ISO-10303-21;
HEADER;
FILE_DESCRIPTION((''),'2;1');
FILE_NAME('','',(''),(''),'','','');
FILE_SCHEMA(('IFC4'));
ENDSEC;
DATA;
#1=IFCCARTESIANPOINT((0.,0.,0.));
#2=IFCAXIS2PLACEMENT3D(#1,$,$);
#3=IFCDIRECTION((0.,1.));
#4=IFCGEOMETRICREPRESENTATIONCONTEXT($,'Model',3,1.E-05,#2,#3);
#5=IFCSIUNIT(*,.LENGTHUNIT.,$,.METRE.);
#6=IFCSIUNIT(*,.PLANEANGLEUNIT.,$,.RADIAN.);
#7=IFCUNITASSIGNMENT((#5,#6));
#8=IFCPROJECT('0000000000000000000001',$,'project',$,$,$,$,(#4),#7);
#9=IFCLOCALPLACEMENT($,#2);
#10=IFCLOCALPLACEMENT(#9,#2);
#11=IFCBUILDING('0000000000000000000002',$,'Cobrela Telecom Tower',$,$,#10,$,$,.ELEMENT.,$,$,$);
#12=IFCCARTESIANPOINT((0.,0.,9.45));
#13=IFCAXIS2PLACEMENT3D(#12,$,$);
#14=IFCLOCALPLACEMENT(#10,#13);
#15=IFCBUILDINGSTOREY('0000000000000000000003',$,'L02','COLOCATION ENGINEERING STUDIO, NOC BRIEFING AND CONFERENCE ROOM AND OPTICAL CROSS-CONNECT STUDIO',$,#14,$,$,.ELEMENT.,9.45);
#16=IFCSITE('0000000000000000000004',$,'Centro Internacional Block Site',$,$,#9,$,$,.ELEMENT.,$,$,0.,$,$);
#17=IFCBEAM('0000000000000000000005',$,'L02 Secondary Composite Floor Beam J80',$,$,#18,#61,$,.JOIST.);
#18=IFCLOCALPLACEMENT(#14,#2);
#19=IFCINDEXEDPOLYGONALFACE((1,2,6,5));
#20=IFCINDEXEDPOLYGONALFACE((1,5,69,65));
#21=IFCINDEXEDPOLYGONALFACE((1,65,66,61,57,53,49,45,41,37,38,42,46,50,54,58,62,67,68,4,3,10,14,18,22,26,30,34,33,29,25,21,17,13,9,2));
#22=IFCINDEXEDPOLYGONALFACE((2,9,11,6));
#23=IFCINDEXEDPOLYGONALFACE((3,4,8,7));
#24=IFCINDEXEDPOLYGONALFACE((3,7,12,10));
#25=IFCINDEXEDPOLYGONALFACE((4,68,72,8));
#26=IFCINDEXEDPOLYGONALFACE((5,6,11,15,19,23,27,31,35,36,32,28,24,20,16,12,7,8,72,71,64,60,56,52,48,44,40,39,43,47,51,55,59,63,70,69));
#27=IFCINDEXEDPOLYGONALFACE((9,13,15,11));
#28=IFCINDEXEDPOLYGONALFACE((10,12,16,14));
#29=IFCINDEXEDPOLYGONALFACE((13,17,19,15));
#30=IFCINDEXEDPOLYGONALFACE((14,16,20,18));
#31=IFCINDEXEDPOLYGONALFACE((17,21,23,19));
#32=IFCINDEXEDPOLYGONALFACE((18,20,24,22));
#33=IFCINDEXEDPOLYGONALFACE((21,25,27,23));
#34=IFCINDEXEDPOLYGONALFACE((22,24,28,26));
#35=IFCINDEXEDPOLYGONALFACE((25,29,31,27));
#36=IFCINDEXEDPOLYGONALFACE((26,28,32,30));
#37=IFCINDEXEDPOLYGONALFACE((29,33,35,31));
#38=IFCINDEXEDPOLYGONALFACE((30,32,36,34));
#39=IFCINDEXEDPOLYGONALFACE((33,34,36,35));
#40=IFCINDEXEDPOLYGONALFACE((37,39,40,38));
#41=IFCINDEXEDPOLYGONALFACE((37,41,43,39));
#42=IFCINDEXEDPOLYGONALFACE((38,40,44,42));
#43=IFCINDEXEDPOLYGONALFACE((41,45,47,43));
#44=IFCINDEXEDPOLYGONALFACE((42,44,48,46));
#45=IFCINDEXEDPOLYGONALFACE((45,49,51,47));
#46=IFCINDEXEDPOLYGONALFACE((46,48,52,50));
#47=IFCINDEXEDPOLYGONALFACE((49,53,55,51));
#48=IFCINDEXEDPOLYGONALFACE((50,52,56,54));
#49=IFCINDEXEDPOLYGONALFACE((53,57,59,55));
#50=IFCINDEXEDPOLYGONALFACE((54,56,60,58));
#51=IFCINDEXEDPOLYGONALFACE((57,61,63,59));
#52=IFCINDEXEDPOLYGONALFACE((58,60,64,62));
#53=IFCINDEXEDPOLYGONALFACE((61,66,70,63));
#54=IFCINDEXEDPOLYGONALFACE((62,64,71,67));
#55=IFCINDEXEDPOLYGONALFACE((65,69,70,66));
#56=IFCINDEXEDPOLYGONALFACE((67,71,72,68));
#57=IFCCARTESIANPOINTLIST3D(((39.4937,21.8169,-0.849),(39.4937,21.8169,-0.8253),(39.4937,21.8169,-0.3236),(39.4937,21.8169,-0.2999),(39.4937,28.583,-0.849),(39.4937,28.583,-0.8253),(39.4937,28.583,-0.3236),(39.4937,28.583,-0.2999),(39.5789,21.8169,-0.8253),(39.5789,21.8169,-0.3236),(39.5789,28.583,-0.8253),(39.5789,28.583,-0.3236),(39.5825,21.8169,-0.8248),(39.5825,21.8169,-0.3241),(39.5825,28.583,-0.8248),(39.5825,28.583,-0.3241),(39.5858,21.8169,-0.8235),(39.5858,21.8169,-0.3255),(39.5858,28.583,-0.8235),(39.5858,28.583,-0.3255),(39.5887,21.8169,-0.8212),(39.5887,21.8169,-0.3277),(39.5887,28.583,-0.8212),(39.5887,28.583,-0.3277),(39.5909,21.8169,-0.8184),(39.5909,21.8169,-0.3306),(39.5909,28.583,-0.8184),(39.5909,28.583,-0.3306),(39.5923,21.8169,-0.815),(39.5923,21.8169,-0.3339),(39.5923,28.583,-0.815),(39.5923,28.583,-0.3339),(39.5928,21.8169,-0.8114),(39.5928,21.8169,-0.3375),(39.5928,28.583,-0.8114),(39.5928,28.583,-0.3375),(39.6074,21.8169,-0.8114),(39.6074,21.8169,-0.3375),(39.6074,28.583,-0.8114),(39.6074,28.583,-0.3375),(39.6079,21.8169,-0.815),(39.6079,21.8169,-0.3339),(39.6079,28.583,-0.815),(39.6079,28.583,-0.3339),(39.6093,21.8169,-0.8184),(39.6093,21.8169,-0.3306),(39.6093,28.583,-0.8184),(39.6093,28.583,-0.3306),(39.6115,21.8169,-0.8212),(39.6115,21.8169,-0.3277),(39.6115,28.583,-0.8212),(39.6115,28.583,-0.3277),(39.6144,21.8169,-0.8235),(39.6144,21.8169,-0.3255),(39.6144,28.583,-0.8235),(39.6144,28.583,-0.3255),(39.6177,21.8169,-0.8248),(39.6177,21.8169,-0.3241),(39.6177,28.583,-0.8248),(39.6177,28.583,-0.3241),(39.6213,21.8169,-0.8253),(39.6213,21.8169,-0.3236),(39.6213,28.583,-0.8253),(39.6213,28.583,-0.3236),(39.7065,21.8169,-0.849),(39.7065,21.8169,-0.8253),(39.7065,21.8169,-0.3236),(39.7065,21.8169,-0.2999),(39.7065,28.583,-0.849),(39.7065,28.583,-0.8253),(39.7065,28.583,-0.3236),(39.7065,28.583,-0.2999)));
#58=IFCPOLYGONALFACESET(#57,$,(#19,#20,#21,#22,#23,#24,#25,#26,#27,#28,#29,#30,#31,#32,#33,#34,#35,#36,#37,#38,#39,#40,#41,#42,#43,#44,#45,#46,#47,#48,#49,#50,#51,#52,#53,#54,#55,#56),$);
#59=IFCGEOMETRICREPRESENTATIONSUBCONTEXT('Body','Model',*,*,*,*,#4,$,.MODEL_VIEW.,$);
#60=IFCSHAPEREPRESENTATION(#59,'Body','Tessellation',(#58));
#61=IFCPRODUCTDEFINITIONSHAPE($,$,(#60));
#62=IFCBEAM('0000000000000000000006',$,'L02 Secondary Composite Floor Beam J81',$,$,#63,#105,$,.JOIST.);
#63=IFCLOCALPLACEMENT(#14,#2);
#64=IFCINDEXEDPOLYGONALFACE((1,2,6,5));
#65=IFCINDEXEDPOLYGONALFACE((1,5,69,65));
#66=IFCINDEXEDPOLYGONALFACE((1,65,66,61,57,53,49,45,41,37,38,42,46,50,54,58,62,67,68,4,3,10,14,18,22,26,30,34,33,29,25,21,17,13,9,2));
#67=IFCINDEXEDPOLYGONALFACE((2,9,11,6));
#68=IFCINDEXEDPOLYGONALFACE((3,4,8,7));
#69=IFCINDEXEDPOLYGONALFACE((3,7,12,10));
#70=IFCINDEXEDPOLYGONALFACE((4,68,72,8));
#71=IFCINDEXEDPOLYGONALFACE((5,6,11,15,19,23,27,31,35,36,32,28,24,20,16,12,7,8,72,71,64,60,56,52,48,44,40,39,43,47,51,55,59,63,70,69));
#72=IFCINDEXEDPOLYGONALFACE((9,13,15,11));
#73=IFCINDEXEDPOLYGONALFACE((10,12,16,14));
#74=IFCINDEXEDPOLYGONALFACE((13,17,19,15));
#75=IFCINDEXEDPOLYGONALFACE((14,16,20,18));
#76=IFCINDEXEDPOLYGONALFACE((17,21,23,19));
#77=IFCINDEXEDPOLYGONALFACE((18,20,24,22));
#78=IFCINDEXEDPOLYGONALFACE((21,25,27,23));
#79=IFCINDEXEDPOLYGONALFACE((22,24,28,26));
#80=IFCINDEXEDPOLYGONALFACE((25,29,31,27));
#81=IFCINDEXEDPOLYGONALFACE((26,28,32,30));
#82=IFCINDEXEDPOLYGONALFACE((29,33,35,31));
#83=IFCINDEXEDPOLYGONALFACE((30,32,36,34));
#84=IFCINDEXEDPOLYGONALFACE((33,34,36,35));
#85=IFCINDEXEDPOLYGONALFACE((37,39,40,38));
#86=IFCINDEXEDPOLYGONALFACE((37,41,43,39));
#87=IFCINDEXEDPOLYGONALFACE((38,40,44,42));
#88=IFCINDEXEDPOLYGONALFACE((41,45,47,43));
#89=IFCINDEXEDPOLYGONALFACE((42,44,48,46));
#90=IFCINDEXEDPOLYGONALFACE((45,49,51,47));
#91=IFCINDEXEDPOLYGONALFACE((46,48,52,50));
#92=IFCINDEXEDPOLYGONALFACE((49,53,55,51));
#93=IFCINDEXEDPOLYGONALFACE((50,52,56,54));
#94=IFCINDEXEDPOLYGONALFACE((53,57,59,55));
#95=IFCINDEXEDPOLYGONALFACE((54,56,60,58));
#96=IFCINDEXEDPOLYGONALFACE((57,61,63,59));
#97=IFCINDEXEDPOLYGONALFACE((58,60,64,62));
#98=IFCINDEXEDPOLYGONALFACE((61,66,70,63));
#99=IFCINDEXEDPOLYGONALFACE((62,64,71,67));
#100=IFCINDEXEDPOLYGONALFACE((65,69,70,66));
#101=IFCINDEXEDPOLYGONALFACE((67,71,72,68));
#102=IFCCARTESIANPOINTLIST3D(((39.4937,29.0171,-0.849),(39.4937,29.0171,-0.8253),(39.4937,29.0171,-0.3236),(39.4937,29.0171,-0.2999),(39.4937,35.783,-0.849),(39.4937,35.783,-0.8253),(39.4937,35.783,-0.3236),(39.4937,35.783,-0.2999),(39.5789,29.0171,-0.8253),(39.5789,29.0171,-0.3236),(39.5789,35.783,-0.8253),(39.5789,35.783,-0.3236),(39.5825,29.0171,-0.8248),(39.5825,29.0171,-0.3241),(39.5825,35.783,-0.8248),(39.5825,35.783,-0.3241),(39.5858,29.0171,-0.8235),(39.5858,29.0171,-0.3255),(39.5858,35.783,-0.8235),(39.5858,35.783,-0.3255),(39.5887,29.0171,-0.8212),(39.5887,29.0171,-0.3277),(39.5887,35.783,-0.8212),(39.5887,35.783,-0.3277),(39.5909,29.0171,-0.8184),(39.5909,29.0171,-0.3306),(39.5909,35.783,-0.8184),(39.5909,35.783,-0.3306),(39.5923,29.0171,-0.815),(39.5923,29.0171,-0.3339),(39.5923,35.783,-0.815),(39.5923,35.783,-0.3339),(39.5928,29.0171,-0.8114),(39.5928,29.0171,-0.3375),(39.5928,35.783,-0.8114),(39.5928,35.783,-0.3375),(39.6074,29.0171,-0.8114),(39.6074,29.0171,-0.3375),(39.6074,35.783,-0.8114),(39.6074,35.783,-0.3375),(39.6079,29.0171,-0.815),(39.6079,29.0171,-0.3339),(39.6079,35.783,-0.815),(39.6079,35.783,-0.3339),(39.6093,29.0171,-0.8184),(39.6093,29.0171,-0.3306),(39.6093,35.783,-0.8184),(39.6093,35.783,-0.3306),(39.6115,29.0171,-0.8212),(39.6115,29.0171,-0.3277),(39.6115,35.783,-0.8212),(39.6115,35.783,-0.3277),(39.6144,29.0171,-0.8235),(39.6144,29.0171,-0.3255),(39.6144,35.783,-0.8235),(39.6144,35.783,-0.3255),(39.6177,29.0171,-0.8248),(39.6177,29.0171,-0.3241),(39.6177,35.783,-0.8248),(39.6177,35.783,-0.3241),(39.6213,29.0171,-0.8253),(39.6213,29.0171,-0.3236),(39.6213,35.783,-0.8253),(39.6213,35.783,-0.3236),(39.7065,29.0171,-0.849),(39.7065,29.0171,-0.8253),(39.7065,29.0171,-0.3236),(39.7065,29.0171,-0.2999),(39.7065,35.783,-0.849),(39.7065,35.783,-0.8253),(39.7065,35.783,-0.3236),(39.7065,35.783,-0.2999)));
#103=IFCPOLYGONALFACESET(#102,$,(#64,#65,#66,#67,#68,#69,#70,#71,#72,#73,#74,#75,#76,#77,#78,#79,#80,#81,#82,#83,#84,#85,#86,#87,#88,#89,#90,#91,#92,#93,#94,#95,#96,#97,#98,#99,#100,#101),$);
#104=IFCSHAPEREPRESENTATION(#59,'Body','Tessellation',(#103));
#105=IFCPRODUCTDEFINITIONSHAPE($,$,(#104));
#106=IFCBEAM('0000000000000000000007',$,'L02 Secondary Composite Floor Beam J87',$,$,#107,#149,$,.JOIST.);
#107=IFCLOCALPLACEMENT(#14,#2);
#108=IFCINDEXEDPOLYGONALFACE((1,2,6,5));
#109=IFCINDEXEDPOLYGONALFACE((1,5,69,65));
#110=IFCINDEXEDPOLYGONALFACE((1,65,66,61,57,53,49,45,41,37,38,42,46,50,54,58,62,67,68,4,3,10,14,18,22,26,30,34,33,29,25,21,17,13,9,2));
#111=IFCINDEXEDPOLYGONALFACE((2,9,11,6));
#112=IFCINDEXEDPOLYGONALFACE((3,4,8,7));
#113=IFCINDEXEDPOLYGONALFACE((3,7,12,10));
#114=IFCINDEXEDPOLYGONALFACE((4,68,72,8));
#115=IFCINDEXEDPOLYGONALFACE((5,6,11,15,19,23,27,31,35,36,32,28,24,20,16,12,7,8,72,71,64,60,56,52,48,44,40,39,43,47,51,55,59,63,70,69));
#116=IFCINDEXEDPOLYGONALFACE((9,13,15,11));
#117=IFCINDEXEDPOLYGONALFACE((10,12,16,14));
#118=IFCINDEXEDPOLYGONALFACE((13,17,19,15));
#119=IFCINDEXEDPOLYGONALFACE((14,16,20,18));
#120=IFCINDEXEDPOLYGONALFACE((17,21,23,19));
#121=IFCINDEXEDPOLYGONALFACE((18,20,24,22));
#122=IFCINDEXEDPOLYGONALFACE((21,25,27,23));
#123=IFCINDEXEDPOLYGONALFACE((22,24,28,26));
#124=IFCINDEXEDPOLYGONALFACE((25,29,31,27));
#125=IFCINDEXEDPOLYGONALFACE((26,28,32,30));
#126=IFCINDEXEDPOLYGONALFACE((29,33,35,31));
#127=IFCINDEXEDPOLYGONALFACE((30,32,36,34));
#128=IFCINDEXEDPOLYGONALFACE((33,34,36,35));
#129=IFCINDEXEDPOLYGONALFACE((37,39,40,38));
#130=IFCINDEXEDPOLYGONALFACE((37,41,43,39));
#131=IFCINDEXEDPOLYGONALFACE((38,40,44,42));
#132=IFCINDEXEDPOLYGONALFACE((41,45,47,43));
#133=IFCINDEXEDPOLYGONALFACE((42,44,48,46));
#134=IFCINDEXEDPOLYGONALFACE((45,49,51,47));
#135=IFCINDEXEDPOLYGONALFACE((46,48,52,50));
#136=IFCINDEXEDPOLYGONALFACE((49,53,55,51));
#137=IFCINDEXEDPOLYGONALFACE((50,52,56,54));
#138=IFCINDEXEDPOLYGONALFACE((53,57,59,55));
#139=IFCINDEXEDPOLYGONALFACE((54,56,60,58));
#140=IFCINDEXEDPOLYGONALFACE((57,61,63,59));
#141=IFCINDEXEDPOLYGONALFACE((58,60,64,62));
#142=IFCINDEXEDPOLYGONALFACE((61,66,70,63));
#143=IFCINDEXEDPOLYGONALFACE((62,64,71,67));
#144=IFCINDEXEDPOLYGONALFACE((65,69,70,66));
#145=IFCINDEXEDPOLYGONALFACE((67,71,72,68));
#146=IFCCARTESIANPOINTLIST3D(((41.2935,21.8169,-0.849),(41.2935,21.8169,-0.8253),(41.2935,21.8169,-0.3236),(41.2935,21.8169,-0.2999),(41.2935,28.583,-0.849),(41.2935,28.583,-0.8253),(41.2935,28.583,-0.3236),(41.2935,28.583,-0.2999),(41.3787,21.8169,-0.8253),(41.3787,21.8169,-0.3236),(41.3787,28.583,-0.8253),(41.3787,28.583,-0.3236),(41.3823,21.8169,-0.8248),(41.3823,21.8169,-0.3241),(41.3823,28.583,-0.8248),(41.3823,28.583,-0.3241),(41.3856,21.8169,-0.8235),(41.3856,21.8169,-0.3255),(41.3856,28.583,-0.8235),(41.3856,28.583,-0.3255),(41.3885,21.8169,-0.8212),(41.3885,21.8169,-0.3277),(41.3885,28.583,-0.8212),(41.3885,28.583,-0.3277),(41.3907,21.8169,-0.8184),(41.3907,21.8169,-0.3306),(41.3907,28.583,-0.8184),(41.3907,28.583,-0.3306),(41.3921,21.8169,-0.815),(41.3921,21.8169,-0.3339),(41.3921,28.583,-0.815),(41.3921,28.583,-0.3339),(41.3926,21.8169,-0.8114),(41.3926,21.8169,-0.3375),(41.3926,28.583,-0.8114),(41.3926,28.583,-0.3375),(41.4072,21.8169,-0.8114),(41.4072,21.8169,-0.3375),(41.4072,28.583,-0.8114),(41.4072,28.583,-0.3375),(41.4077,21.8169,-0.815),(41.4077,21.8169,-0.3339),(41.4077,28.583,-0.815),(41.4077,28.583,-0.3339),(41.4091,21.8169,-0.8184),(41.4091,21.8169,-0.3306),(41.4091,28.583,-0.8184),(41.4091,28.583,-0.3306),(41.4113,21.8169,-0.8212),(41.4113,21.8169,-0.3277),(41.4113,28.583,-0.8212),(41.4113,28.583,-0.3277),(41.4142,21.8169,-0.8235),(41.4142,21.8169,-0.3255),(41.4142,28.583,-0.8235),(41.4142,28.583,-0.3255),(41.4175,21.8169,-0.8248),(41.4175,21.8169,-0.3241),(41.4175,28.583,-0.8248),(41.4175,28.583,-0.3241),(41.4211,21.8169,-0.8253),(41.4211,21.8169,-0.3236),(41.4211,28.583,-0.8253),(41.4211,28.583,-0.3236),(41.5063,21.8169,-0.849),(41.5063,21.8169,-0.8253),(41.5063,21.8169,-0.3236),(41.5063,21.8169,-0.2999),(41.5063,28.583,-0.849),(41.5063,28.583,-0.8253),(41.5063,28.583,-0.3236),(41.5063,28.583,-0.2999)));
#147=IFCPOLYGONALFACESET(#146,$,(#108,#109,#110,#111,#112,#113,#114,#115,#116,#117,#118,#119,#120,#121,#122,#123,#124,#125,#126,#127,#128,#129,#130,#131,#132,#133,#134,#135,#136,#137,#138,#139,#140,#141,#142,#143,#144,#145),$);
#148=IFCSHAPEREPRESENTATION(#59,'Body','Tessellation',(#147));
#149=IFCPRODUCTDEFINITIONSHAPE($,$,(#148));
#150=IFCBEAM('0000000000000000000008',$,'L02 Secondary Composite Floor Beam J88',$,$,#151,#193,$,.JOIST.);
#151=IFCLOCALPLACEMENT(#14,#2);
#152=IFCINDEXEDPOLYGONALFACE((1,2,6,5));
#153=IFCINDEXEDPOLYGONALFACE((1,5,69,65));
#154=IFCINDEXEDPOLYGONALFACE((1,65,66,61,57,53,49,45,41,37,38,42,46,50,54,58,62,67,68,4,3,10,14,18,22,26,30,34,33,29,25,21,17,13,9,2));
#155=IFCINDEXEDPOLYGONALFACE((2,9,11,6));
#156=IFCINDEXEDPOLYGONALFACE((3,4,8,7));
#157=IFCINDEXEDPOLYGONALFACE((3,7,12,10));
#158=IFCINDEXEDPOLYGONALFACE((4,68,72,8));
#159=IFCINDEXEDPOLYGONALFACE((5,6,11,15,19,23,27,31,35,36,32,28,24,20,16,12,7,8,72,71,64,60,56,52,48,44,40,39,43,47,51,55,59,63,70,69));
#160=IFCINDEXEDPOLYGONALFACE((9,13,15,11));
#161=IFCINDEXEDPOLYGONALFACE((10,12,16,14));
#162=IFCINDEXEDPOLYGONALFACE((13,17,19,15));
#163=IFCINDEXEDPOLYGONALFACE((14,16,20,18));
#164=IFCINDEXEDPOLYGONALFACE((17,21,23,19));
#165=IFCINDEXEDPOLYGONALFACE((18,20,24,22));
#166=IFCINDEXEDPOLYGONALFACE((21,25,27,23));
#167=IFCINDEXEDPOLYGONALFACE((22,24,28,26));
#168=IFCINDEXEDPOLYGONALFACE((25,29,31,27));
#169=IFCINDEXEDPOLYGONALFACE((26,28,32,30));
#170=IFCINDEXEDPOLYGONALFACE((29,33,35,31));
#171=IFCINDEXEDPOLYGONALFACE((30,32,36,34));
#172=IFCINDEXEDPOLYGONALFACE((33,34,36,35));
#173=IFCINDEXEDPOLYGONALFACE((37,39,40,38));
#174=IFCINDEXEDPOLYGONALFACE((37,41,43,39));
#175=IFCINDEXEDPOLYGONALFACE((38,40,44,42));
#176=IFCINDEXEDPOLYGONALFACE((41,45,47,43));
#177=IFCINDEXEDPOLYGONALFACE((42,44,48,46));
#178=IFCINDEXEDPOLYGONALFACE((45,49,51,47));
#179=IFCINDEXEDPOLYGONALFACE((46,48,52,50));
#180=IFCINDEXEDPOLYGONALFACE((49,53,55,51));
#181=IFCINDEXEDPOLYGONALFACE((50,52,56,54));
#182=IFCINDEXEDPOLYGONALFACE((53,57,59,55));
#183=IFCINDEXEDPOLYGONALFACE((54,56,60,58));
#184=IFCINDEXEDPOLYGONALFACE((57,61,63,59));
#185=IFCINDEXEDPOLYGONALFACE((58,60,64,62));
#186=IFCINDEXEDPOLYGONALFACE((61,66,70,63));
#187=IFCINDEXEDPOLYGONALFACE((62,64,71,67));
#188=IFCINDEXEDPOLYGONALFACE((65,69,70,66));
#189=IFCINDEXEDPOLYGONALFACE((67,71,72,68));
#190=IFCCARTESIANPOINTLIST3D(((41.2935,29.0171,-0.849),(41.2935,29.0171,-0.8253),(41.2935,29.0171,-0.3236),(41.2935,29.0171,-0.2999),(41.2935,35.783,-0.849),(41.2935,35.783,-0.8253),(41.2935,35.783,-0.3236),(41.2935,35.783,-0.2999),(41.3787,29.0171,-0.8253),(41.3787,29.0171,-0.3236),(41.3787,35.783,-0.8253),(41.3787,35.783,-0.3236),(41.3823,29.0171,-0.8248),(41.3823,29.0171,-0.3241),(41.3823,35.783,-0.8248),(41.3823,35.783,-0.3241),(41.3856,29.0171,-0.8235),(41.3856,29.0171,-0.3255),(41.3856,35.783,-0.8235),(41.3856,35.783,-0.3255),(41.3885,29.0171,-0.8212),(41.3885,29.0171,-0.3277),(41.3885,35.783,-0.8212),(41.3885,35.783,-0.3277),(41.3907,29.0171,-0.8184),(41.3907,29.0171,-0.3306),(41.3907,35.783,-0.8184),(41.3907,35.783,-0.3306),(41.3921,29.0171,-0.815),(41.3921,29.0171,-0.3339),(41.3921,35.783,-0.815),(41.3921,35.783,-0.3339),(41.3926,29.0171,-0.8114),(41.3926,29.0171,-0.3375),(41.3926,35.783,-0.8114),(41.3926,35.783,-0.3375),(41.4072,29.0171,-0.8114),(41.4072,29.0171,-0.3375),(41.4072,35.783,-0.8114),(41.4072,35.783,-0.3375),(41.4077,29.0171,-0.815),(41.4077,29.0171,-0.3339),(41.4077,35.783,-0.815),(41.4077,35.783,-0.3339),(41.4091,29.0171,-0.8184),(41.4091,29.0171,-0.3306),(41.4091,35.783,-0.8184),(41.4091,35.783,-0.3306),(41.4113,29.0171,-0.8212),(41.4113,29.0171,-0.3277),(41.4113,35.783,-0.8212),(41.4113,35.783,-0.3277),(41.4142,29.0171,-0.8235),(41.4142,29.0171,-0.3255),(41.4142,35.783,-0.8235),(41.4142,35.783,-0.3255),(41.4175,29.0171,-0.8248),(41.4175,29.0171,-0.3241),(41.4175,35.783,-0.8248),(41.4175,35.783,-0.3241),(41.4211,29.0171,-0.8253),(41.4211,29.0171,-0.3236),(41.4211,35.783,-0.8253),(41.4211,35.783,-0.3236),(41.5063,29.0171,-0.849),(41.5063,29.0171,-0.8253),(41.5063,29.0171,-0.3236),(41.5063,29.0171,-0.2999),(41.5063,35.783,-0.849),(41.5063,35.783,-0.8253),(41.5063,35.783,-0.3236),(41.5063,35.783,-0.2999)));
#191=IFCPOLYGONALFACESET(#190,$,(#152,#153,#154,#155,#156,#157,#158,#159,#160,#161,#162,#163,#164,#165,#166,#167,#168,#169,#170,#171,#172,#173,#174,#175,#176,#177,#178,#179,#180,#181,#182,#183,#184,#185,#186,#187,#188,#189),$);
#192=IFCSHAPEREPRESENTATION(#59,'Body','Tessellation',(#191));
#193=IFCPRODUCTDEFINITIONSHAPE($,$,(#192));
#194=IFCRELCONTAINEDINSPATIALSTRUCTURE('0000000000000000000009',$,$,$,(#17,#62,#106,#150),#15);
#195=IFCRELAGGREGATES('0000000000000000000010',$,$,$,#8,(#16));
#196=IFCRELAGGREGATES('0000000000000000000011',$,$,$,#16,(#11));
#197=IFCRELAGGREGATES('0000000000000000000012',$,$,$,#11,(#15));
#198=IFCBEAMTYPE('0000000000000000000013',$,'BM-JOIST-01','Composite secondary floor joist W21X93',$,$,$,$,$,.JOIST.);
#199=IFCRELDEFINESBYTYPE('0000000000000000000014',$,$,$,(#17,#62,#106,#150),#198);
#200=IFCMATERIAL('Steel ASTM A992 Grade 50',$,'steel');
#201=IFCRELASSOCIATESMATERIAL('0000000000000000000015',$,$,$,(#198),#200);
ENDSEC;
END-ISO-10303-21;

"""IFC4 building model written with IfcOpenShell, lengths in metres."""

from ifc_helpers import new_model, si_unit, direction, frame, origin, origin_2d, place, context, subcontext, project, spatial, i_section, extrude, material, material_profile, profile_set, type_object, element, save


model = new_model("IFC4")

# Units and contexts
model_context = context("Model", 3, precision=1e-05, world=origin(), true_north=direction((0.0, 1.0)))
body_context = subcontext(model_context, "Body", "Model", "MODEL_VIEW")
ifc_project = project(units=[si_unit("LENGTHUNIT", "METRE"), si_unit("PLANEANGLEUNIT", "RADIAN")], contexts=[model_context])

# Site, building, storey
site_placement = place(None, origin())
site = spatial("IfcSite", under=ifc_project, at=site_placement, Name="Centro Internacional Block Site", CompositionType="ELEMENT", RefElevation=0.0)
building_placement = place(site_placement, origin())
building = spatial("IfcBuilding", under=site, at=building_placement, Name="Cobrela Telecom Tower", CompositionType="ELEMENT")
storey_placement = place(building_placement, frame((0.0, 0.0, 9.45)))
storey = spatial("IfcBuildingStorey", under=building, at=storey_placement, Name="L02", Description="COLOCATION ENGINEERING STUDIO, NOC BRIEFING AND CONFERENCE ROOM AND OPTICAL CROSS-CONNECT STUDIO", CompositionType="ELEMENT", Elevation=9.45)

# Beams
ifc_material_1 = material(Name="Steel ASTM A992 Grade 50", Category="steel")
ifc_material_profile_1 = material_profile(ifc_material_1, i_section(OverallWidth=0.2129, OverallDepth=0.5491, WebThickness=0.0146, FlangeThickness=0.0237, FilletRadius=0.0139, at=origin_2d()), Name="W21X93")
ifc_profile_set_1 = profile_set([ifc_material_profile_1], Name="Steel ASTM A992 Grade 50")
beam_type_1 = type_object("IfcBeamType", Name="BM-JOIST-01", Description="Composite secondary floor joist W21X93", PredefinedType="JOIST", material=ifc_profile_set_1)
beam_1_placement = place(storey_placement, frame((39.6001, 21.8169, -0.5745), z_axis=(0.0, 1.0, 0.0), x_axis=(-1.0, 0.0, 0.0)))
element("IfcBeam", 1, at=beam_1_placement, inside=storey, type_object=beam_type_1, Name="L02 Secondary Composite Floor Beam J80", PredefinedType="JOIST", context=body_context, shape_type="SweptSolid", body=[
    extrude(i_section(OverallWidth=0.2129, OverallDepth=0.5491, WebThickness=0.0146, FlangeThickness=0.0237, FilletRadius=0.0139, at=origin_2d()), origin(), (0.0, 0.0, 1.0), 6.7661),
])
beam_2_placement = place(storey_placement, frame((39.6001, 29.0171, -0.5745), z_axis=(0.0, 1.0, 0.0), x_axis=(-1.0, 0.0, 0.0)))
element("IfcBeam", 2, at=beam_2_placement, inside=storey, type_object=beam_type_1, Name="L02 Secondary Composite Floor Beam J81", PredefinedType="JOIST", context=body_context, shape_type="SweptSolid", body=[
    extrude(i_section(OverallWidth=0.2129, OverallDepth=0.5491, WebThickness=0.0146, FlangeThickness=0.0237, FilletRadius=0.0139, at=origin_2d()), origin(), (0.0, 0.0, 1.0), 6.7659),
])
beam_3_placement = place(storey_placement, frame((41.3999, 21.8169, -0.5745), z_axis=(0.0, 1.0, 0.0), x_axis=(-1.0, 0.0, 0.0)))
element("IfcBeam", 3, at=beam_3_placement, inside=storey, type_object=beam_type_1, Name="L02 Secondary Composite Floor Beam J87", PredefinedType="JOIST", context=body_context, shape_type="SweptSolid", body=[
    extrude(i_section(OverallWidth=0.2129, OverallDepth=0.5491, WebThickness=0.0146, FlangeThickness=0.0237, FilletRadius=0.0139, at=origin_2d()), origin(), (0.0, 0.0, 1.0), 6.7661),
])
beam_4_placement = place(storey_placement, frame((41.3999, 29.0171, -0.5745), z_axis=(0.0, 1.0, 0.0), x_axis=(-1.0, 0.0, 0.0)))
element("IfcBeam", 4, at=beam_4_placement, inside=storey, type_object=beam_type_1, Name="L02 Secondary Composite Floor Beam J88", PredefinedType="JOIST", context=body_context, shape_type="SweptSolid", body=[
    extrude(i_section(OverallWidth=0.2129, OverallDepth=0.5491, WebThickness=0.0146, FlangeThickness=0.0237, FilletRadius=0.0139, at=origin_2d()), origin(), (0.0, 0.0, 1.0), 6.7659),
])

save(model, "model.ifc")
